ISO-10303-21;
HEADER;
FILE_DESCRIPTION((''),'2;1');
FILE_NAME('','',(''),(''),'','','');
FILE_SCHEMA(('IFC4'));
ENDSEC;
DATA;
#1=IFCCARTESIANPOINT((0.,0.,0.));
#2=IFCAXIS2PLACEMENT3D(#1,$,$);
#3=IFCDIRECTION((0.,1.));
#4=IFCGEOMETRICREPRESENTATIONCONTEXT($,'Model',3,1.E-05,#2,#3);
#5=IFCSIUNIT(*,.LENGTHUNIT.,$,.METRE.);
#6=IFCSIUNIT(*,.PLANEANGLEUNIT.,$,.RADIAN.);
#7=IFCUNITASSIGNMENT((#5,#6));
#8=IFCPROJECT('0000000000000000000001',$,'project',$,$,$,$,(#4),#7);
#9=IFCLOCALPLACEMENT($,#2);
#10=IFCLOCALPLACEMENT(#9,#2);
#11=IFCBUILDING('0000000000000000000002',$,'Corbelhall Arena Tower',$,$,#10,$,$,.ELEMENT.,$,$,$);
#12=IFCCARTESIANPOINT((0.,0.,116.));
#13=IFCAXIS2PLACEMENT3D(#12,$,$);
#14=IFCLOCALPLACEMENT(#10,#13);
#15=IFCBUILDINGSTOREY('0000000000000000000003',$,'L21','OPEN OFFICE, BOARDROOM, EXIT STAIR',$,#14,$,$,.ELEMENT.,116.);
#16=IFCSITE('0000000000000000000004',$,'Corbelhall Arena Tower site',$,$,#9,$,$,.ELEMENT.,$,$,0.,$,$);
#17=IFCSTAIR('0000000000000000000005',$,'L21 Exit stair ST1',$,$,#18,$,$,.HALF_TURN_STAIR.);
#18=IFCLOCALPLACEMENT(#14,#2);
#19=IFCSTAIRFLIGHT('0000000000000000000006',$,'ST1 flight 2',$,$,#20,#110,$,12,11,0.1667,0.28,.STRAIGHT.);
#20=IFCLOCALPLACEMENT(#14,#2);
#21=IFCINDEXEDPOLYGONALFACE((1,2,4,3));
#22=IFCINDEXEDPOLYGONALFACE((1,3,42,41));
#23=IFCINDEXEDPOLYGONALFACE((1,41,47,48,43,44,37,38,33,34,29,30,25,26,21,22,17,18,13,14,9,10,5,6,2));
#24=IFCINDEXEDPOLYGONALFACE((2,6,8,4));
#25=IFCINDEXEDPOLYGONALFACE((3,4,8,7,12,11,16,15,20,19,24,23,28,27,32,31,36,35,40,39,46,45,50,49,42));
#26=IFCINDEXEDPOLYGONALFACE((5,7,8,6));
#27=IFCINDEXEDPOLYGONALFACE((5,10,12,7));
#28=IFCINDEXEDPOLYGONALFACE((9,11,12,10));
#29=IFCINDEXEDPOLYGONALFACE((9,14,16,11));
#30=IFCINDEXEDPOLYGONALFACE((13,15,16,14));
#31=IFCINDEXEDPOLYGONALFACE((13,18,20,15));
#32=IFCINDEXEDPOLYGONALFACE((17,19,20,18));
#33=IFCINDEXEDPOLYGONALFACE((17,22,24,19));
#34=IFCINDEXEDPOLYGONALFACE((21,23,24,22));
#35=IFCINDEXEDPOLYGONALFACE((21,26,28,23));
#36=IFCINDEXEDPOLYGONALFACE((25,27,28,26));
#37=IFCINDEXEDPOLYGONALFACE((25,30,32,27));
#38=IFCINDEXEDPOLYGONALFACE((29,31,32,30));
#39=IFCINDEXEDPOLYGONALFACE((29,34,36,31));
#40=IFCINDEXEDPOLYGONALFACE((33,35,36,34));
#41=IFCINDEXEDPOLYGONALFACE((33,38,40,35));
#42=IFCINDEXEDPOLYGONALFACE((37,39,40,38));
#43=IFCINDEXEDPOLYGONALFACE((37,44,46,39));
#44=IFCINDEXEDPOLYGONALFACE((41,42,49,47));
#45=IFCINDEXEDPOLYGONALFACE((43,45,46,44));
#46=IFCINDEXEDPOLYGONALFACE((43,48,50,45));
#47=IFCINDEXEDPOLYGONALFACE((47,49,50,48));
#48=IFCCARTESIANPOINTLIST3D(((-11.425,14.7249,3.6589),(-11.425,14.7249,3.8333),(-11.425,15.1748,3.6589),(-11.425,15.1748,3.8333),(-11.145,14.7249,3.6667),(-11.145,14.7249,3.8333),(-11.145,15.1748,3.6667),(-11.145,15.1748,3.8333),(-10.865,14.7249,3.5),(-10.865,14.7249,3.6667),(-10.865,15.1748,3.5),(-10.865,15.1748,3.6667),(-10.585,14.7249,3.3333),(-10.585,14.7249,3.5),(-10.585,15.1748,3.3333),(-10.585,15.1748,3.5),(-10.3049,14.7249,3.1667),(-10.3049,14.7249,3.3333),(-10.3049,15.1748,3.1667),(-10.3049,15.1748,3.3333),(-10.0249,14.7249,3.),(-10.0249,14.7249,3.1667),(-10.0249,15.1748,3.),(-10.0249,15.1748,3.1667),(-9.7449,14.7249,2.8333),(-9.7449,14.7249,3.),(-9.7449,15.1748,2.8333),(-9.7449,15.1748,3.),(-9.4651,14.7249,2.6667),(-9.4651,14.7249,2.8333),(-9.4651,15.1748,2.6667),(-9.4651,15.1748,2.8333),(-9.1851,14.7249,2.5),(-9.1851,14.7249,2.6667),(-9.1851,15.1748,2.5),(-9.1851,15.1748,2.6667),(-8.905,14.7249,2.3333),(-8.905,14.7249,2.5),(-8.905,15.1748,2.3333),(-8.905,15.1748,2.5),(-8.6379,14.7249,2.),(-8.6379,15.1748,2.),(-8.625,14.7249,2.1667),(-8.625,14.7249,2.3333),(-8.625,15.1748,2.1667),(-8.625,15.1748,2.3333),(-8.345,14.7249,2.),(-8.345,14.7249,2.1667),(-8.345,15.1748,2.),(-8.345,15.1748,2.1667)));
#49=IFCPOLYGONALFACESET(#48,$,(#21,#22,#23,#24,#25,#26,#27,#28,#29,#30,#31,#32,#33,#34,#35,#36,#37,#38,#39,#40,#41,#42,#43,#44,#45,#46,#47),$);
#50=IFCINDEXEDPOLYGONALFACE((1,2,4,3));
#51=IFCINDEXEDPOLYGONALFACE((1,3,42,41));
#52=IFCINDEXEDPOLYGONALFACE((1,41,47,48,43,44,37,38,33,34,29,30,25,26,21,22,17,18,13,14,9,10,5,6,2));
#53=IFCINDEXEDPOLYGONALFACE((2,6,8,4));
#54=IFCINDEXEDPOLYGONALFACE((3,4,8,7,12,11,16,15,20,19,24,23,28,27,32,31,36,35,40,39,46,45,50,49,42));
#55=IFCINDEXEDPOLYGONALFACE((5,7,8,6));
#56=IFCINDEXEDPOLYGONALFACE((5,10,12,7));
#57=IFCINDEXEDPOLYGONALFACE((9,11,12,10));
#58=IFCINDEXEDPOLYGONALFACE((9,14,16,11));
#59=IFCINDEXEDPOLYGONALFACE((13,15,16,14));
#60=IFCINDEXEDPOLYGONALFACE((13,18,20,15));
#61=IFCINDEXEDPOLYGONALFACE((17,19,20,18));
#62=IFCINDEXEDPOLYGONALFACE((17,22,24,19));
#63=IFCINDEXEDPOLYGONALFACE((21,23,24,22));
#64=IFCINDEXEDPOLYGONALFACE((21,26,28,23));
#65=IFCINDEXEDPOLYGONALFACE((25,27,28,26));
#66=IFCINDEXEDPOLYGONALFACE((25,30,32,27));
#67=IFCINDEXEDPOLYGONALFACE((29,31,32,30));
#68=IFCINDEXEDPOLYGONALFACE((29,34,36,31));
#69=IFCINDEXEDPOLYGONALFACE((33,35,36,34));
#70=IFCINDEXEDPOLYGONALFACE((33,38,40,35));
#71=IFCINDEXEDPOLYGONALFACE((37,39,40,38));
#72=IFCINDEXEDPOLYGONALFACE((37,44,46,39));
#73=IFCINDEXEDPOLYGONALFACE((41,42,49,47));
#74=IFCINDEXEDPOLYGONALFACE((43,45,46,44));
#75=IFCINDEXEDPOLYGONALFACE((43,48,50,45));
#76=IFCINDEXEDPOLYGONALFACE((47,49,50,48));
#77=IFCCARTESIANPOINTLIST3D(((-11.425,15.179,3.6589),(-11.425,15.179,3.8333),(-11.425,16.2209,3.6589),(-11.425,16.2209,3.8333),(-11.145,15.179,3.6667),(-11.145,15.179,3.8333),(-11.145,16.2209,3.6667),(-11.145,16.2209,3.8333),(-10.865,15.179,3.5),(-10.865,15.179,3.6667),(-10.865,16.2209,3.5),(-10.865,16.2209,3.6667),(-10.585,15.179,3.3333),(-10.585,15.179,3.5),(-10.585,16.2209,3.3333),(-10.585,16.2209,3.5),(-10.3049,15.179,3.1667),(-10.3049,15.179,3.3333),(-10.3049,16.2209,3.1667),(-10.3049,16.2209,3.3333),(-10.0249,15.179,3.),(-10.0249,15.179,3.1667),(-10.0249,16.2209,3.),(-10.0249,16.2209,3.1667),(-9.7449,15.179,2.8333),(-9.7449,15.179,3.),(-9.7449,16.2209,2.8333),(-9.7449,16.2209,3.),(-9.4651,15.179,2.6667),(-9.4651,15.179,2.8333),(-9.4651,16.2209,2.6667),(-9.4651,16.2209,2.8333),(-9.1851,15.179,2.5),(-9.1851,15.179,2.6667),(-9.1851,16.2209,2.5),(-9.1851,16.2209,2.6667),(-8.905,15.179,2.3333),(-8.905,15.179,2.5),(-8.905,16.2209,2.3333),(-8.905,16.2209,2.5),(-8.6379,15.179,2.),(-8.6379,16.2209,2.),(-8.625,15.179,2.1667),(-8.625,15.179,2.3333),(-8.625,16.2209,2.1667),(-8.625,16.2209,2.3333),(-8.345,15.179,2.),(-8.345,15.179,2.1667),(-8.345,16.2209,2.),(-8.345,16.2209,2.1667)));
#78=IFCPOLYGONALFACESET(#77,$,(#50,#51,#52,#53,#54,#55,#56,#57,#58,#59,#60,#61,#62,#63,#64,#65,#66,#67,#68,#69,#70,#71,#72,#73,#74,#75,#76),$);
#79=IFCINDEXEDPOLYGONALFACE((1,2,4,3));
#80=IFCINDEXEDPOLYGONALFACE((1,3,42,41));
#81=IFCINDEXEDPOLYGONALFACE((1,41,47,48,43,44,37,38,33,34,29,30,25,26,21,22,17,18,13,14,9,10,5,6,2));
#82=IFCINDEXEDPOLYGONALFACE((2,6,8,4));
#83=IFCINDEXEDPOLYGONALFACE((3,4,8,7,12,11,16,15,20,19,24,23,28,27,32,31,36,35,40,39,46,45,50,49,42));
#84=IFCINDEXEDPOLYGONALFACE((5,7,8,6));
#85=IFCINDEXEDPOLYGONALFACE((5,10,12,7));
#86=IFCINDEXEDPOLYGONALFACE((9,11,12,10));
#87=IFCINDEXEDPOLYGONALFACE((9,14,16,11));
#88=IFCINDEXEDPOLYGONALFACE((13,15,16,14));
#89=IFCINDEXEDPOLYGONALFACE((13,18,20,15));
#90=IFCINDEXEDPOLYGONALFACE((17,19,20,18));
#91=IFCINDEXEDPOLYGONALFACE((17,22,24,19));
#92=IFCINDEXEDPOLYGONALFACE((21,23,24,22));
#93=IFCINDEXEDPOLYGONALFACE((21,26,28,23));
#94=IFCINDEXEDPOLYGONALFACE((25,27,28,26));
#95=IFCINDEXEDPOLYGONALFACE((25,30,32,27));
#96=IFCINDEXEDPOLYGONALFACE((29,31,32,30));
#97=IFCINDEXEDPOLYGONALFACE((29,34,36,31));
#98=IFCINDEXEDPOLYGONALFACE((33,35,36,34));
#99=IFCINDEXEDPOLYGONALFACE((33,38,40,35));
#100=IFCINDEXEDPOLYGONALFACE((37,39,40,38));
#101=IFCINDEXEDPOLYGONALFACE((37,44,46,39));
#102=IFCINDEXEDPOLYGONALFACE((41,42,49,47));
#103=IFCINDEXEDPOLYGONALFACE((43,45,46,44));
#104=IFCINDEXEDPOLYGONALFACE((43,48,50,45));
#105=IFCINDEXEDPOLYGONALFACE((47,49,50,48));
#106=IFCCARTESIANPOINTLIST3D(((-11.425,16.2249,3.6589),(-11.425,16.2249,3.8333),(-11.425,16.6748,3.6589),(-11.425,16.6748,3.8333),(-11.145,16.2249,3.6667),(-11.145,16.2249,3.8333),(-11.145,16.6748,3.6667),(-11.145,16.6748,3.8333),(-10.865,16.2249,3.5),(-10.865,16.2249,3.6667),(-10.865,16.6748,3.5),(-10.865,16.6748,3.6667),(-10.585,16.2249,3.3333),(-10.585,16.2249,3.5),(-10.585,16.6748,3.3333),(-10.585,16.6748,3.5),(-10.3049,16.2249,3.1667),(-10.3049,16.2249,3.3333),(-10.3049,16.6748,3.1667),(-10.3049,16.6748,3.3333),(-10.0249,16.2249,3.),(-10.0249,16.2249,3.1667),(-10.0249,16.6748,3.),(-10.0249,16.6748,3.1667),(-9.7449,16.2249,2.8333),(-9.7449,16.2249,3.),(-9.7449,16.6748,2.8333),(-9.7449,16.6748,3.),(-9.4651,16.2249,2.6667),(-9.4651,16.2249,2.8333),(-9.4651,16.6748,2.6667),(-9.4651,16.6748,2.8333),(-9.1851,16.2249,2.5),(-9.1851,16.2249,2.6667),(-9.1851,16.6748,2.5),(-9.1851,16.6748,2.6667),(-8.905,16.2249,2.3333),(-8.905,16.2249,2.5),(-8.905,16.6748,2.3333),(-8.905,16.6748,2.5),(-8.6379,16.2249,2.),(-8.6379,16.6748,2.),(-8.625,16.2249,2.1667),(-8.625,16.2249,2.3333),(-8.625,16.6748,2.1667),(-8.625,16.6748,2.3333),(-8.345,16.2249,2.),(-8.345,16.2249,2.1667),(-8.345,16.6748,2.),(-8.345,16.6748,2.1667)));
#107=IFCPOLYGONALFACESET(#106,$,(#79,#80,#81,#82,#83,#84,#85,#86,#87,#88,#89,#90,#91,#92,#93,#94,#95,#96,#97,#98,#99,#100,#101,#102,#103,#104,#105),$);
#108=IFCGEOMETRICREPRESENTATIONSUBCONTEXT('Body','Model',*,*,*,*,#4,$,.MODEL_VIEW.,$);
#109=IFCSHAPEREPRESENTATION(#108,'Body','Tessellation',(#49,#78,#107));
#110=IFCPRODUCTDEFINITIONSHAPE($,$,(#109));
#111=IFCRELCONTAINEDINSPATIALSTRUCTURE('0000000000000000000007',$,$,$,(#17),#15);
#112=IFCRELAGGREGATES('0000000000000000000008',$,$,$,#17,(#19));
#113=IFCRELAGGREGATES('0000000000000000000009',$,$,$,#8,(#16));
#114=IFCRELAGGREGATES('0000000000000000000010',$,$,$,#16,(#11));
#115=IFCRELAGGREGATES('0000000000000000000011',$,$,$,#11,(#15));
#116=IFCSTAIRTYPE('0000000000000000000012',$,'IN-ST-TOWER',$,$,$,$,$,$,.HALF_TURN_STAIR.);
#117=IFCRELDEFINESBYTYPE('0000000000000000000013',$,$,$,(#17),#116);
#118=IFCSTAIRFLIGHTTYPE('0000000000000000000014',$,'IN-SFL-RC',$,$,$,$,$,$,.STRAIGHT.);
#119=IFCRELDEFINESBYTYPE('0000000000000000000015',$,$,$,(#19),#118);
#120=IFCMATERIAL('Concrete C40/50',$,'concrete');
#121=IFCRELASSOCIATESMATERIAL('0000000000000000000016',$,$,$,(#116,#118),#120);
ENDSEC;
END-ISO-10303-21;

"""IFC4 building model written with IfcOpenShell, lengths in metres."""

from ifc_helpers import new_model, si_unit, direction, frame, origin, place, context, subcontext, project, spatial, polyline, outline, extrude, material, type_object, element, aggregate, save


model = new_model("IFC4")

# Units and contexts
model_context = context("Model", 3, precision=1e-05, world=origin(), true_north=direction((0.0, 1.0)))
body_context = subcontext(model_context, "Body", "Model", "MODEL_VIEW")
ifc_project = project(units=[si_unit("LENGTHUNIT", "METRE"), si_unit("PLANEANGLEUNIT", "RADIAN")], contexts=[model_context])

# Site, building, storey
site_placement = place(None, origin())
site = spatial("IfcSite", under=ifc_project, at=site_placement, Name="Corbelhall Arena Tower site", CompositionType="ELEMENT", RefElevation=0.0)
building_placement = place(site_placement, origin())
building = spatial("IfcBuilding", under=site, at=building_placement, Name="Corbelhall Arena Tower", CompositionType="ELEMENT")
storey_placement = place(building_placement, frame((0.0, 0.0, 116.0)))
storey = spatial("IfcBuildingStorey", under=building, at=storey_placement, Name="L21", Description="OPEN OFFICE, BOARDROOM, EXIT STAIR", CompositionType="ELEMENT", Elevation=116.0)

# Shared definitions
ifc_material_1 = material(Name="Concrete C40/50", Category="concrete")

# Stair, stair flight
stair_type = type_object("IfcStairType", Name="IN-ST-TOWER", PredefinedType="HALF_TURN_STAIR", material=ifc_material_1)
stair_placement = place(storey_placement, origin())
stair = element("IfcStair", 1, at=stair_placement, inside=storey, type_object=stair_type, Name="L21 Exit stair ST1", PredefinedType="HALF_TURN_STAIR")
stair_flight_type = type_object("IfcStairFlightType", Name="IN-SFL-RC", PredefinedType="STRAIGHT", material=ifc_material_1)
stair_flight_placement = place(storey_placement, frame((-8.345, 15.7, 2.0), z_axis=(0.0, 0.0, 1.0), x_axis=(-1.0, 0.0, 0.0)))
stair_flight = element("IfcStairFlight", 2, at=stair_flight_placement, type_object=stair_flight_type, Name="ST1 flight 2", NumberOfRisers=12, NumberOfTreads=11, PredefinedType="STRAIGHT", RiserHeight=0.1667, TreadLength=0.28, context=body_context, shape_type="SweptSolid", body=[
    extrude(outline(polyline([(0.0, 0.0), (0.0, 0.1667), (0.28, 0.1667), (0.28, 0.3333), (0.5601, 0.3333), (0.5601, 0.5), (0.8401, 0.5), (0.8401, 0.6667), (1.1201, 0.6667), (1.1201, 0.8333), (1.3999, 0.8333), (1.3999, 1.0), (1.6799, 1.0), (1.6799, 1.1667), (1.96, 1.1667), (1.96, 1.3333), (2.24, 1.3333), (2.24, 1.5), (2.52, 1.5), (2.52, 1.6667), (2.8, 1.6667), (2.8, 1.8333), (3.0801, 1.8333), (3.0801, 2.0), (3.0801, 1.6589), (0.293, 0.0), (0.0, 0.0)])), frame((0.0, 0.9751, 0.0), z_axis=(0.0, -1.0, 0.0), x_axis=(1.0, 0.0, 0.0)), (0.0, 0.0, 1.0), 0.45),
    extrude(outline(polyline([(0.0, 0.0), (0.0, 0.1667), (0.28, 0.1667), (0.28, 0.3333), (0.5601, 0.3333), (0.5601, 0.5), (0.8401, 0.5), (0.8401, 0.6667), (1.1201, 0.6667), (1.1201, 0.8333), (1.3999, 0.8333), (1.3999, 1.0), (1.6799, 1.0), (1.6799, 1.1667), (1.96, 1.1667), (1.96, 1.3333), (2.24, 1.3333), (2.24, 1.5), (2.52, 1.5), (2.52, 1.6667), (2.8, 1.6667), (2.8, 1.8333), (3.0801, 1.8333), (3.0801, 2.0), (3.0801, 1.6589), (0.293, 0.0), (0.0, 0.0)])), frame((0.0, 0.521, 0.0), z_axis=(0.0, -1.0, 0.0), x_axis=(1.0, 0.0, 0.0)), (0.0, 0.0, 1.0), 1.042),
    extrude(outline(polyline([(0.0, 0.0), (0.0, 0.1667), (0.28, 0.1667), (0.28, 0.3333), (0.5601, 0.3333), (0.5601, 0.5), (0.8401, 0.5), (0.8401, 0.6667), (1.1201, 0.6667), (1.1201, 0.8333), (1.3999, 0.8333), (1.3999, 1.0), (1.6799, 1.0), (1.6799, 1.1667), (1.96, 1.1667), (1.96, 1.3333), (2.24, 1.3333), (2.24, 1.5), (2.52, 1.5), (2.52, 1.6667), (2.8, 1.6667), (2.8, 1.8333), (3.0801, 1.8333), (3.0801, 2.0), (3.0801, 1.6589), (0.293, 0.0), (0.0, 0.0)])), frame((0.0, -0.5249, 0.0), z_axis=(0.0, -1.0, 0.0), x_axis=(1.0, 0.0, 0.0)), (0.0, 0.0, 1.0), 0.45),
])
aggregate(stair, [stair_flight])

save(model, "model.ifc")
